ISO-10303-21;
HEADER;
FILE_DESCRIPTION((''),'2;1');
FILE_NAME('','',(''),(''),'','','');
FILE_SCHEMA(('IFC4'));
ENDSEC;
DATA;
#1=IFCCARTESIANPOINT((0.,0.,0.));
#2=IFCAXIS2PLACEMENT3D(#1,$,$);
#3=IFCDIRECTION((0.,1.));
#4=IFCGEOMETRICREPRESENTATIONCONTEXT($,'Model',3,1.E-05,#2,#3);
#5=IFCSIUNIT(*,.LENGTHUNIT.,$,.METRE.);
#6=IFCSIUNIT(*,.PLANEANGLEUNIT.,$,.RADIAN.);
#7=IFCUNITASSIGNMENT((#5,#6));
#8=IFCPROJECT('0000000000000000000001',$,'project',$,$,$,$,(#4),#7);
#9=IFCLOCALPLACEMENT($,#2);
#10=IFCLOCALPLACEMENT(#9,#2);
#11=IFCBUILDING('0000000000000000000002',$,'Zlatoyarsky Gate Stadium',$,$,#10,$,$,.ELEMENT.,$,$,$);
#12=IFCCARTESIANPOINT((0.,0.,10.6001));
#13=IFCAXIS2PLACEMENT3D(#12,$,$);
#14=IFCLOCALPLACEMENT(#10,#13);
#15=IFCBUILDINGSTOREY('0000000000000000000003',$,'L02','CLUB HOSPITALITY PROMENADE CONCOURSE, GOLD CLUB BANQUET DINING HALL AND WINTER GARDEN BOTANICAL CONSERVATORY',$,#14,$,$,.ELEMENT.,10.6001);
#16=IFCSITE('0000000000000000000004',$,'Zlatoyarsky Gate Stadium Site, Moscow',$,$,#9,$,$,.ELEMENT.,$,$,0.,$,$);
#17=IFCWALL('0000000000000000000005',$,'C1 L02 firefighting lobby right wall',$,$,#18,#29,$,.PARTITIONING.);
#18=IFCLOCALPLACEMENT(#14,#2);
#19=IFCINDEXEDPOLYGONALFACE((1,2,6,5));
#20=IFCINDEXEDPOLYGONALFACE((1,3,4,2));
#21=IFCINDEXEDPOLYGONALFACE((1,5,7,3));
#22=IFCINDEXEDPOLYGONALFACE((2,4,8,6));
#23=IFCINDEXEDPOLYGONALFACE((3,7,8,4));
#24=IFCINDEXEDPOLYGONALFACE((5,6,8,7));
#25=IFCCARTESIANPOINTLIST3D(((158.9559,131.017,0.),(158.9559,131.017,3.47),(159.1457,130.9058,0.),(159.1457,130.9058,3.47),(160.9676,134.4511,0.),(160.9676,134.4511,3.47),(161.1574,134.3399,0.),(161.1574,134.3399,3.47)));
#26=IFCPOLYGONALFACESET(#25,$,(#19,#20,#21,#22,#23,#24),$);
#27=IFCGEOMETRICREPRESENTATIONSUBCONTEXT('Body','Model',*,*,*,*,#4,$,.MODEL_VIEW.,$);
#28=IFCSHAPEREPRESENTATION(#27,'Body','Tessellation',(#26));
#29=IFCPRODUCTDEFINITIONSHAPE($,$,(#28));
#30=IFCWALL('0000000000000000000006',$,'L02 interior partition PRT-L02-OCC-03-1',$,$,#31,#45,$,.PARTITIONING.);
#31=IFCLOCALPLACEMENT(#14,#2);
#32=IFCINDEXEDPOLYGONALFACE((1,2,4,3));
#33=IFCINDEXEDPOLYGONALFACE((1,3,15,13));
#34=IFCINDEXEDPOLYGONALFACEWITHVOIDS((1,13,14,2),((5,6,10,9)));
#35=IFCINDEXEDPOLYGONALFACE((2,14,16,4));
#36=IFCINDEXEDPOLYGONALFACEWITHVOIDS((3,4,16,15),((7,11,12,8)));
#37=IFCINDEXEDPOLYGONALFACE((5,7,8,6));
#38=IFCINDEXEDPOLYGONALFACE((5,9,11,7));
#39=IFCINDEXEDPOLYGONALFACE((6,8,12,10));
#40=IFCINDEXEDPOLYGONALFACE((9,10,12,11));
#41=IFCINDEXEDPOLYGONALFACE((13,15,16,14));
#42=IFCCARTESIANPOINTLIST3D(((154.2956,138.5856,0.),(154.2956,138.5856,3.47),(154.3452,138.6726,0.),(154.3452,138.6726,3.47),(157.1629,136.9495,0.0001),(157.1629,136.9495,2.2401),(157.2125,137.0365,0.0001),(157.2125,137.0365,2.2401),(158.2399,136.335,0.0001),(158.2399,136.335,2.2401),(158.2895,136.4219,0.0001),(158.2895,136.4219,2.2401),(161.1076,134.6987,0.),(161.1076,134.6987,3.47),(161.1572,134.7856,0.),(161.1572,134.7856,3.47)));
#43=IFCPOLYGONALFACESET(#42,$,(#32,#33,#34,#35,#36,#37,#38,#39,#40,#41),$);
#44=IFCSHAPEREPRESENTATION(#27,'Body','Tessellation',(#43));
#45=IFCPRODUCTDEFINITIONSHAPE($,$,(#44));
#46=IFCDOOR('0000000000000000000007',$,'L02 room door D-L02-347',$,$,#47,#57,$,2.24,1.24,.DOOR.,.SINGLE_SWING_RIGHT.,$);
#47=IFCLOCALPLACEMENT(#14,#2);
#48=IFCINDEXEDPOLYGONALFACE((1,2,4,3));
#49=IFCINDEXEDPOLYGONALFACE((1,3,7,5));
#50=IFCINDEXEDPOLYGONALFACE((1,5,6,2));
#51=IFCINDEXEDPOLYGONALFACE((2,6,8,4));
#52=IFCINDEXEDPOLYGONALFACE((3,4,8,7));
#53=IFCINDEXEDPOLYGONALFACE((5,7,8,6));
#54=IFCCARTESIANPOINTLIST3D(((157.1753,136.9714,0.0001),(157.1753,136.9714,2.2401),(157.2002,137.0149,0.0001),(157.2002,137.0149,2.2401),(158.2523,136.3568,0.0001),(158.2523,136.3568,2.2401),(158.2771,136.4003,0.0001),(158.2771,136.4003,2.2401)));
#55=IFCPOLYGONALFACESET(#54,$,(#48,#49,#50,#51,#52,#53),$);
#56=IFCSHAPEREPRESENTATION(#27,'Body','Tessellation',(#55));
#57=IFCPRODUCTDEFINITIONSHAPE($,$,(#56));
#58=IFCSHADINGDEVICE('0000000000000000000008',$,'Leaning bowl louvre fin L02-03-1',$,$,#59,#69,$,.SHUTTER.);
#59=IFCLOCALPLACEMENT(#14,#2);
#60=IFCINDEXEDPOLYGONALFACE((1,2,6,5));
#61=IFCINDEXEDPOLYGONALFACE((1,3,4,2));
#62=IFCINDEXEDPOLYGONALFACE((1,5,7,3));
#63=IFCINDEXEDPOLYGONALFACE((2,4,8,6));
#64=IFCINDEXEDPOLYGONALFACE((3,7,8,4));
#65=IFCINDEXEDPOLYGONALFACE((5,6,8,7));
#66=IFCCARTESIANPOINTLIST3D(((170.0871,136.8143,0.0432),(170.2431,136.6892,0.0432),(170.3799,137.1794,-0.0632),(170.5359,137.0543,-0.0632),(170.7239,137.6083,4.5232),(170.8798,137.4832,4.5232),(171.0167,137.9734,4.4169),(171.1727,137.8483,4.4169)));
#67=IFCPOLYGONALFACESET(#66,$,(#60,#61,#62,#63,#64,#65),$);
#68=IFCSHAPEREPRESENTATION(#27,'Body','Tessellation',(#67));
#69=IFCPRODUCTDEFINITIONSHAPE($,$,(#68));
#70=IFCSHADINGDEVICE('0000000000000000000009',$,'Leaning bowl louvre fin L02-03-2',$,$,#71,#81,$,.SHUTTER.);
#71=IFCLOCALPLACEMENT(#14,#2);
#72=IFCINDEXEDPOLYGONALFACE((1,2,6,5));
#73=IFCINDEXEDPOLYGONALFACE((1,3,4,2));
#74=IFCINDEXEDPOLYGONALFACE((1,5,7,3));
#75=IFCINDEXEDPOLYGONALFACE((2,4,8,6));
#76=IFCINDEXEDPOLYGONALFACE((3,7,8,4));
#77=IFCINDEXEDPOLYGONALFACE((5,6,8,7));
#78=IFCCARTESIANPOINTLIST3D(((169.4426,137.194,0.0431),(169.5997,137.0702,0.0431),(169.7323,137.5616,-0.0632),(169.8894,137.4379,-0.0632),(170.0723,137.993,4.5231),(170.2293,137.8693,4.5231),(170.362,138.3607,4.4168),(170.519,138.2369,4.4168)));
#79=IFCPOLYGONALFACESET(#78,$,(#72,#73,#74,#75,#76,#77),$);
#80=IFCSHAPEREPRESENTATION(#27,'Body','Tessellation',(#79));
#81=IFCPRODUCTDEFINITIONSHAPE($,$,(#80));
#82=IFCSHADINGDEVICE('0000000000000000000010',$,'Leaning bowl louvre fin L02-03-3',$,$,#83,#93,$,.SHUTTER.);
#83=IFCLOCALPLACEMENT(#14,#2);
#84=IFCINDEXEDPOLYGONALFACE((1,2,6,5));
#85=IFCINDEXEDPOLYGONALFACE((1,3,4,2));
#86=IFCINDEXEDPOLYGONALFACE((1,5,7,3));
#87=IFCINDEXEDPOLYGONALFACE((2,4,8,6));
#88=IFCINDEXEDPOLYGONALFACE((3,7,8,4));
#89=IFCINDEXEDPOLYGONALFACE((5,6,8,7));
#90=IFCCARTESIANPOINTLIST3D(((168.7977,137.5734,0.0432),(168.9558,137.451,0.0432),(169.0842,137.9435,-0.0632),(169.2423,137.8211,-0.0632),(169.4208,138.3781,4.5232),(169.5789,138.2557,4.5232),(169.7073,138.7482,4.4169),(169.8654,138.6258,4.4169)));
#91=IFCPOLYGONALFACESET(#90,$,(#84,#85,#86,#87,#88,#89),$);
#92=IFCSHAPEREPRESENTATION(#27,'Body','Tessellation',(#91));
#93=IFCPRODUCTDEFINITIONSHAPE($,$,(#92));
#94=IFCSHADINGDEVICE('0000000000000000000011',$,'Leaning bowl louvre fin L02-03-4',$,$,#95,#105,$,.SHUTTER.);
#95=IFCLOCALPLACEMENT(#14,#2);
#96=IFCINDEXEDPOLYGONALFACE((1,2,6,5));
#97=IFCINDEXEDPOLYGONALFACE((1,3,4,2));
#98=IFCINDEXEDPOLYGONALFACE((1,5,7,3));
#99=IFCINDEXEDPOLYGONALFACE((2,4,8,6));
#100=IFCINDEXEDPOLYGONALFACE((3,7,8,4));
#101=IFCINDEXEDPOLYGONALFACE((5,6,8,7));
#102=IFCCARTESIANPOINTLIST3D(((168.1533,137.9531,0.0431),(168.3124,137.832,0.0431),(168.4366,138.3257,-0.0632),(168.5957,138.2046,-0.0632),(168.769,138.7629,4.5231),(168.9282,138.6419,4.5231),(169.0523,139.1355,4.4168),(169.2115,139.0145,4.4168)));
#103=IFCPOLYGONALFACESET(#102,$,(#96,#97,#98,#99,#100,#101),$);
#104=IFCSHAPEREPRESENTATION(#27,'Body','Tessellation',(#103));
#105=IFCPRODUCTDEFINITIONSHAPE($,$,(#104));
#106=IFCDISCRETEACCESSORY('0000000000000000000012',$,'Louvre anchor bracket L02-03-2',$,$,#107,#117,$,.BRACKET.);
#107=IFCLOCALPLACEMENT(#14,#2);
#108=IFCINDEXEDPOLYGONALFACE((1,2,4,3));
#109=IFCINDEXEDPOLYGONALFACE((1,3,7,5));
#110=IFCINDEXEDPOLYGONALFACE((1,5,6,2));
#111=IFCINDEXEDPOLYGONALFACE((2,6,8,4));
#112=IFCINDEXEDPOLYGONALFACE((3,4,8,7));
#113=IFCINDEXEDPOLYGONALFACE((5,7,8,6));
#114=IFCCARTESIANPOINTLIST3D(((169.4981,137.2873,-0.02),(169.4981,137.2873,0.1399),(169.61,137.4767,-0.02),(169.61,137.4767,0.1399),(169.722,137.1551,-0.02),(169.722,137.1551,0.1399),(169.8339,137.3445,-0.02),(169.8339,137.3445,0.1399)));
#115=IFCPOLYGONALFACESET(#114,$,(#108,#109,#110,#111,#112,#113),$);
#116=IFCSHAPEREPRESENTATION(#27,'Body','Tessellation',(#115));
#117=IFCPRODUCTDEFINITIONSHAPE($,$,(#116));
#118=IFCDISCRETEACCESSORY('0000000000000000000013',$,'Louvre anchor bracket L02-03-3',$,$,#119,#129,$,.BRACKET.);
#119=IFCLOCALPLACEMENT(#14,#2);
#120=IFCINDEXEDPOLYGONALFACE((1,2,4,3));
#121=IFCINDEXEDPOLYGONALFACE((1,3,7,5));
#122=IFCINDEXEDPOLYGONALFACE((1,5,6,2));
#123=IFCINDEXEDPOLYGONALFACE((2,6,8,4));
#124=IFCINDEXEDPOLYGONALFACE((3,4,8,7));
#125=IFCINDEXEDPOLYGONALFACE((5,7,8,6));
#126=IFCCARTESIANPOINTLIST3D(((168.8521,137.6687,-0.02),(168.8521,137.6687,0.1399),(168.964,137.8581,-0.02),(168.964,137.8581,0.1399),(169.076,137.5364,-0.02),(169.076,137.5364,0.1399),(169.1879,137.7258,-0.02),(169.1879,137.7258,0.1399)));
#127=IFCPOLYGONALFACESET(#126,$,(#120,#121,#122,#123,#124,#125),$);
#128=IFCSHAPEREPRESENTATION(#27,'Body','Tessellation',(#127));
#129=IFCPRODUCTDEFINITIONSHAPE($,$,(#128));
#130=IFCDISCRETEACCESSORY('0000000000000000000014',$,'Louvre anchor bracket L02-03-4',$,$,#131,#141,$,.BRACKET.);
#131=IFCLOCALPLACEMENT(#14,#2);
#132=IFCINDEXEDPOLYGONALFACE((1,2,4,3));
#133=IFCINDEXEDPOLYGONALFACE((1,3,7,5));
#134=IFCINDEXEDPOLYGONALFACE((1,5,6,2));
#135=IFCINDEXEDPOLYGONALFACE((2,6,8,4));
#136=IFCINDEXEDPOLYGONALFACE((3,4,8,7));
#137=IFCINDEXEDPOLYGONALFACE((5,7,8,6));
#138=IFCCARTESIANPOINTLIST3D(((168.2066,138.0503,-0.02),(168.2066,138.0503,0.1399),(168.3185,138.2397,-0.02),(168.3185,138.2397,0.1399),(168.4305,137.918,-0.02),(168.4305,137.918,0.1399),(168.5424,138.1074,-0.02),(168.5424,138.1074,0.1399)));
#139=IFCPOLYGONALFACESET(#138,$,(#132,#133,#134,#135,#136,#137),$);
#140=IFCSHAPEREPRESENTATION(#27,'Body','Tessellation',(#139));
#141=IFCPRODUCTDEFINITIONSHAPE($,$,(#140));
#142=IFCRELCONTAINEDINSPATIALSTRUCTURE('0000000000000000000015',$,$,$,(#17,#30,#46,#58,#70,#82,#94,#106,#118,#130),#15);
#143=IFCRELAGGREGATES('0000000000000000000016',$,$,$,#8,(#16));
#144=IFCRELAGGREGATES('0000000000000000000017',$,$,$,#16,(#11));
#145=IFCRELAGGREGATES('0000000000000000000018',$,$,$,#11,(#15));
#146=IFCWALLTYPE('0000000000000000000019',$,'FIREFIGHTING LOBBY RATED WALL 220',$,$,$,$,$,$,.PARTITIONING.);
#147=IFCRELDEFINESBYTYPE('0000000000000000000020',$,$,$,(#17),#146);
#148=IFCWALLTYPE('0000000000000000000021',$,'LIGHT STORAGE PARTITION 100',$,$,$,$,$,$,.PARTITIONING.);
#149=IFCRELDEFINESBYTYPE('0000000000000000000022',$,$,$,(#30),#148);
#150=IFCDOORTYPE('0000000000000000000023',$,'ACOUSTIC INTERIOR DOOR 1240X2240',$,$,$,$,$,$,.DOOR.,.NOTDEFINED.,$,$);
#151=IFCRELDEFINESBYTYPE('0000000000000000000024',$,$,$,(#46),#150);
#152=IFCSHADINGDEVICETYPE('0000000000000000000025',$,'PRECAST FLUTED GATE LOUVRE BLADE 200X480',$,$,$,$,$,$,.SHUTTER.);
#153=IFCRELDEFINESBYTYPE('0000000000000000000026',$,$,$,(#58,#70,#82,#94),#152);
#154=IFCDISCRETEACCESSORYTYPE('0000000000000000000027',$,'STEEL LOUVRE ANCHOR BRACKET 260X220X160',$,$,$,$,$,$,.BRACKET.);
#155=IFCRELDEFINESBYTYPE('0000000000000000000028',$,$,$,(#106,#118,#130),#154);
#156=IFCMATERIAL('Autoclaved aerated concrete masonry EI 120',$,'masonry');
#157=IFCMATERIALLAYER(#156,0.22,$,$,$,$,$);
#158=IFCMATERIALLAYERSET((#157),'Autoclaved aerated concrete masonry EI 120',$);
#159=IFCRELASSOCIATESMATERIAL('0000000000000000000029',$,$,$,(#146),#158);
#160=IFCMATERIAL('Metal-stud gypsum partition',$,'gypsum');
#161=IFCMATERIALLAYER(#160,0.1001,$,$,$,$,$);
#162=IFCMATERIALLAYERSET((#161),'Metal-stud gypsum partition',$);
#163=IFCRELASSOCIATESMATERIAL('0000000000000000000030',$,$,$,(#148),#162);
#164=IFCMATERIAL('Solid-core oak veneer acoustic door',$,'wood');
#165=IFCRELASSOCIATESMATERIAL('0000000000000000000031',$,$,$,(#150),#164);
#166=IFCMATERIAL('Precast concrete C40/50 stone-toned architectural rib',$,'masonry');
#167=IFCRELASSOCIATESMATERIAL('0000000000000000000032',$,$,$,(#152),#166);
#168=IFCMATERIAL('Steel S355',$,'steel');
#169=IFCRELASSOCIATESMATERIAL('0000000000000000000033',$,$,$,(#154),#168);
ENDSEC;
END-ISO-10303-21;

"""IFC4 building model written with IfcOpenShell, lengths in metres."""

from ifc_helpers import new_model, si_unit, direction, frame, frame_2d, origin, origin_2d, place, context, subcontext, project, spatial, rectangle, extrude, material, layer, layer_set, material_profile, profile_set, type_object, element, fill, save


model = new_model("IFC4")

# Units and contexts
model_context = context("Model", 3, precision=1e-05, world=origin(), true_north=direction((0.0, 1.0)))
body_context = subcontext(model_context, "Body", "Model", "MODEL_VIEW")
ifc_project = project(units=[si_unit("LENGTHUNIT", "METRE"), si_unit("PLANEANGLEUNIT", "RADIAN")], contexts=[model_context])

# Site, building, storey
site_placement = place(None, origin())
site = spatial("IfcSite", under=ifc_project, at=site_placement, Name="Zlatoyarsky Gate Stadium Site, Moscow", CompositionType="ELEMENT", RefElevation=0.0)
building_placement = place(site_placement, origin())
building = spatial("IfcBuilding", under=site, at=building_placement, Name="Zlatoyarsky Gate Stadium", CompositionType="ELEMENT")
storey_placement = place(building_placement, frame((0.0, 0.0, 10.6001)))
storey = spatial("IfcBuildingStorey", under=building, at=storey_placement, Name="L02", Description="CLUB HOSPITALITY PROMENADE CONCOURSE, GOLD CLUB BANQUET DINING HALL AND WINTER GARDEN BOTANICAL CONSERVATORY", CompositionType="ELEMENT", Elevation=10.6001)

# Shared definitions
ifc_material_1 = material(Name="Steel S355", Category="steel")

# Wall
ifc_material_2 = material(Name="Autoclaved aerated concrete masonry EI 120", Category="masonry")
ifc_layer_1 = layer(ifc_material_2, 0.22)
ifc_layer_set_1 = layer_set([ifc_layer_1], Name="Autoclaved aerated concrete masonry EI 120")
wall_type_1 = type_object("IfcWallType", Name="FIREFIGHTING LOBBY RATED WALL 220", PredefinedType="PARTITIONING", material=ifc_layer_set_1)
wall_1_placement = place(storey_placement, frame((161.0625, 134.3955, 0.0), z_axis=(0.0, 0.0, 1.0), x_axis=(-0.505464, -0.862847, 0.0)))
element("IfcWall", 1, at=wall_1_placement, inside=storey, type_object=wall_type_1, Name="C1 L02 firefighting lobby right wall", PredefinedType="PARTITIONING", context=body_context, shape_type="SweptSolid", body=[
    extrude(rectangle(XDim=3.98, YDim=0.22, at=frame_2d((1.99, 0.0))), origin(), (0.0, 0.0, 1.0), 3.47),
])

# Wall, opening, door
ifc_material_3 = material(Name="Metal-stud gypsum partition", Category="gypsum")
ifc_layer_2 = layer(ifc_material_3, 0.1001)
ifc_layer_set_2 = layer_set([ifc_layer_2], Name="Metal-stud gypsum partition")
wall_type_2 = type_object("IfcWallType", Name="LIGHT STORAGE PARTITION 100", PredefinedType="PARTITIONING", material=ifc_layer_set_2)
wall_2_placement = place(storey_placement, frame((161.1323, 134.7422, 0.0), z_axis=(0.0, 0.0, 1.0), x_axis=(-0.868551, 0.495599, 0.0)))
wall_2 = element("IfcWall", 2, at=wall_2_placement, inside=storey, type_object=wall_type_2, Name="L02 interior partition PRT-L02-OCC-03-1", PredefinedType="PARTITIONING", context=body_context, shape_type="SweptSolid", body=[
    extrude(rectangle(XDim=7.843, YDim=0.1001, at=frame_2d((3.9214, 0.0))), origin(), (0.0, 0.0, 1.0), 3.47),
])
opening_1_placement = place(wall_2_placement, frame((3.3015, 0.0, 0.0)))
opening_1 = element("IfcOpeningElement", 3, at=opening_1_placement, cuts=wall_2, PredefinedType="OPENING", context=body_context, shape_type="SweptSolid", body=[
    extrude(rectangle(XDim=1.24, YDim=2.24, at=frame_2d((0.6201, 1.1201))), frame((0.0, 0.0601, 0.0), z_axis=(0.0, -1.0, 0.0), x_axis=(1.0, 0.0, 0.0)), (0.0, 0.0, 1.0), 0.1201),
])
ifc_material_4 = material(Name="Solid-core oak veneer acoustic door", Category="wood")
door_type_1 = type_object("IfcDoorType", Name="ACOUSTIC INTERIOR DOOR 1240X2240", OperationType="NOTDEFINED", PredefinedType="DOOR", material=ifc_material_4)
door_1_placement = place(opening_1_placement, origin())
door_1 = element("IfcDoor", 4, at=door_1_placement, inside=storey, type_object=door_type_1, Name="L02 room door D-L02-347", OperationType="SINGLE_SWING_RIGHT", OverallHeight=2.24, OverallWidth=1.24, PredefinedType="DOOR", context=body_context, shape_type="SweptSolid", body=[
    extrude(rectangle(XDim=1.24, YDim=2.24, at=frame_2d((0.6201, 1.1201))), frame((0.0, 0.0249, 0.0), z_axis=(0.0, -1.0, 0.0), x_axis=(1.0, 0.0, 0.0)), (0.0, 0.0, 1.0), 0.05),
])
fill(opening_1, door_1)

# Shading devices
ifc_material_5 = material(Name="Precast concrete C40/50 stone-toned architectural rib", Category="masonry")
ifc_material_profile_1 = material_profile(ifc_material_5, rectangle(XDim=0.2, YDim=0.48, at=origin_2d()), Name="RIB 200X480")
ifc_profile_set_1 = profile_set([ifc_material_profile_1], Name="Precast concrete C40/50 stone-toned architectural rib")
shading_device_type = type_object("IfcShadingDeviceType", Name="PRECAST FLUTED GATE LOUVRE BLADE 200X480", PredefinedType="SHUTTER", material=ifc_profile_set_1)
shading_device_1_placement = place(storey_placement, frame((170.3115, 136.9343, -0.01), z_axis=(0.138594, 0.172818, 0.975154), x_axis=(-0.780119, 0.625631, 0.0)))
element("IfcShadingDevice", 5, at=shading_device_1_placement, inside=storey, type_object=shading_device_type, Name="Leaning bowl louvre fin L02-03-1", PredefinedType="SHUTTER", context=body_context, shape_type="SweptSolid", body=[
    extrude(rectangle(XDim=0.2, YDim=0.48, at=origin_2d()), origin(), (0.0, 0.0, 1.0), 4.5942),
])
shading_device_2_placement = place(storey_placement, frame((169.666, 137.3159, -0.01), z_axis=(0.137056, 0.173937, 0.975173), x_axis=(-0.78546, 0.618913, 0.0)))
element("IfcShadingDevice", 6, at=shading_device_2_placement, inside=storey, type_object=shading_device_type, Name="Leaning bowl louvre fin L02-03-2", PredefinedType="SHUTTER", context=body_context, shape_type="SweptSolid", body=[
    extrude(rectangle(XDim=0.2, YDim=0.48, at=origin_2d()), origin(), (0.0, 0.0, 1.0), 4.594),
])
shading_device_3_placement = place(storey_placement, frame((169.02, 137.6973, -0.01), z_axis=(0.135618, 0.175156, 0.975155), x_axis=(-0.790694, 0.612212, 0.0)))
element("IfcShadingDevice", 7, at=shading_device_3_placement, inside=storey, type_object=shading_device_type, Name="Leaning bowl louvre fin L02-03-3", PredefinedType="SHUTTER", context=body_context, shape_type="SweptSolid", body=[
    extrude(rectangle(XDim=0.2, YDim=0.48, at=origin_2d()), origin(), (0.0, 0.0, 1.0), 4.5942),
])
shading_device_4_placement = place(storey_placement, frame((168.3745, 138.0789, -0.01), z_axis=(0.134027, 0.176275, 0.975174), x_axis=(-0.796037, 0.605248, 0.0)))
element("IfcShadingDevice", 8, at=shading_device_4_placement, inside=storey, type_object=shading_device_type, Name="Leaning bowl louvre fin L02-03-4", PredefinedType="SHUTTER", context=body_context, shape_type="SweptSolid", body=[
    extrude(rectangle(XDim=0.2, YDim=0.48, at=origin_2d()), origin(), (0.0, 0.0, 1.0), 4.594),
])

# Discrete accessories
discrete_accessory_type = type_object("IfcDiscreteAccessoryType", Name="STEEL LOUVRE ANCHOR BRACKET 260X220X160", PredefinedType="BRACKET", material=ifc_material_1)
for number, where, z_axis, x_axis, name in (
    (9, (169.666, 137.3159, -0.02), (0.0, 0.0, 1.0), (-0.860992, 0.508619, 0.0), "Louvre anchor bracket L02-03-2"),
    (10, (169.02, 137.6973, -0.02), (0.0, 0.0, 1.0), (-0.860992, 0.508619, 0.0), "Louvre anchor bracket L02-03-3"),
    (11, (168.3745, 138.0789, -0.02), (0.0, 0.0, 1.0), (-0.860992, 0.508619, 0.0), "Louvre anchor bracket L02-03-4"),
):
    element("IfcDiscreteAccessory", number, at=place(storey_placement, frame(where, z_axis=z_axis, x_axis=x_axis)), inside=storey, type_object=discrete_accessory_type, Name=name, PredefinedType="BRACKET", context=body_context, shape_type="SweptSolid", body=[
        extrude(rectangle(XDim=0.26, YDim=0.22, at=origin_2d()), origin(), (0.0, 0.0, 1.0), 0.1599),
    ])

save(model, "model.ifc")
